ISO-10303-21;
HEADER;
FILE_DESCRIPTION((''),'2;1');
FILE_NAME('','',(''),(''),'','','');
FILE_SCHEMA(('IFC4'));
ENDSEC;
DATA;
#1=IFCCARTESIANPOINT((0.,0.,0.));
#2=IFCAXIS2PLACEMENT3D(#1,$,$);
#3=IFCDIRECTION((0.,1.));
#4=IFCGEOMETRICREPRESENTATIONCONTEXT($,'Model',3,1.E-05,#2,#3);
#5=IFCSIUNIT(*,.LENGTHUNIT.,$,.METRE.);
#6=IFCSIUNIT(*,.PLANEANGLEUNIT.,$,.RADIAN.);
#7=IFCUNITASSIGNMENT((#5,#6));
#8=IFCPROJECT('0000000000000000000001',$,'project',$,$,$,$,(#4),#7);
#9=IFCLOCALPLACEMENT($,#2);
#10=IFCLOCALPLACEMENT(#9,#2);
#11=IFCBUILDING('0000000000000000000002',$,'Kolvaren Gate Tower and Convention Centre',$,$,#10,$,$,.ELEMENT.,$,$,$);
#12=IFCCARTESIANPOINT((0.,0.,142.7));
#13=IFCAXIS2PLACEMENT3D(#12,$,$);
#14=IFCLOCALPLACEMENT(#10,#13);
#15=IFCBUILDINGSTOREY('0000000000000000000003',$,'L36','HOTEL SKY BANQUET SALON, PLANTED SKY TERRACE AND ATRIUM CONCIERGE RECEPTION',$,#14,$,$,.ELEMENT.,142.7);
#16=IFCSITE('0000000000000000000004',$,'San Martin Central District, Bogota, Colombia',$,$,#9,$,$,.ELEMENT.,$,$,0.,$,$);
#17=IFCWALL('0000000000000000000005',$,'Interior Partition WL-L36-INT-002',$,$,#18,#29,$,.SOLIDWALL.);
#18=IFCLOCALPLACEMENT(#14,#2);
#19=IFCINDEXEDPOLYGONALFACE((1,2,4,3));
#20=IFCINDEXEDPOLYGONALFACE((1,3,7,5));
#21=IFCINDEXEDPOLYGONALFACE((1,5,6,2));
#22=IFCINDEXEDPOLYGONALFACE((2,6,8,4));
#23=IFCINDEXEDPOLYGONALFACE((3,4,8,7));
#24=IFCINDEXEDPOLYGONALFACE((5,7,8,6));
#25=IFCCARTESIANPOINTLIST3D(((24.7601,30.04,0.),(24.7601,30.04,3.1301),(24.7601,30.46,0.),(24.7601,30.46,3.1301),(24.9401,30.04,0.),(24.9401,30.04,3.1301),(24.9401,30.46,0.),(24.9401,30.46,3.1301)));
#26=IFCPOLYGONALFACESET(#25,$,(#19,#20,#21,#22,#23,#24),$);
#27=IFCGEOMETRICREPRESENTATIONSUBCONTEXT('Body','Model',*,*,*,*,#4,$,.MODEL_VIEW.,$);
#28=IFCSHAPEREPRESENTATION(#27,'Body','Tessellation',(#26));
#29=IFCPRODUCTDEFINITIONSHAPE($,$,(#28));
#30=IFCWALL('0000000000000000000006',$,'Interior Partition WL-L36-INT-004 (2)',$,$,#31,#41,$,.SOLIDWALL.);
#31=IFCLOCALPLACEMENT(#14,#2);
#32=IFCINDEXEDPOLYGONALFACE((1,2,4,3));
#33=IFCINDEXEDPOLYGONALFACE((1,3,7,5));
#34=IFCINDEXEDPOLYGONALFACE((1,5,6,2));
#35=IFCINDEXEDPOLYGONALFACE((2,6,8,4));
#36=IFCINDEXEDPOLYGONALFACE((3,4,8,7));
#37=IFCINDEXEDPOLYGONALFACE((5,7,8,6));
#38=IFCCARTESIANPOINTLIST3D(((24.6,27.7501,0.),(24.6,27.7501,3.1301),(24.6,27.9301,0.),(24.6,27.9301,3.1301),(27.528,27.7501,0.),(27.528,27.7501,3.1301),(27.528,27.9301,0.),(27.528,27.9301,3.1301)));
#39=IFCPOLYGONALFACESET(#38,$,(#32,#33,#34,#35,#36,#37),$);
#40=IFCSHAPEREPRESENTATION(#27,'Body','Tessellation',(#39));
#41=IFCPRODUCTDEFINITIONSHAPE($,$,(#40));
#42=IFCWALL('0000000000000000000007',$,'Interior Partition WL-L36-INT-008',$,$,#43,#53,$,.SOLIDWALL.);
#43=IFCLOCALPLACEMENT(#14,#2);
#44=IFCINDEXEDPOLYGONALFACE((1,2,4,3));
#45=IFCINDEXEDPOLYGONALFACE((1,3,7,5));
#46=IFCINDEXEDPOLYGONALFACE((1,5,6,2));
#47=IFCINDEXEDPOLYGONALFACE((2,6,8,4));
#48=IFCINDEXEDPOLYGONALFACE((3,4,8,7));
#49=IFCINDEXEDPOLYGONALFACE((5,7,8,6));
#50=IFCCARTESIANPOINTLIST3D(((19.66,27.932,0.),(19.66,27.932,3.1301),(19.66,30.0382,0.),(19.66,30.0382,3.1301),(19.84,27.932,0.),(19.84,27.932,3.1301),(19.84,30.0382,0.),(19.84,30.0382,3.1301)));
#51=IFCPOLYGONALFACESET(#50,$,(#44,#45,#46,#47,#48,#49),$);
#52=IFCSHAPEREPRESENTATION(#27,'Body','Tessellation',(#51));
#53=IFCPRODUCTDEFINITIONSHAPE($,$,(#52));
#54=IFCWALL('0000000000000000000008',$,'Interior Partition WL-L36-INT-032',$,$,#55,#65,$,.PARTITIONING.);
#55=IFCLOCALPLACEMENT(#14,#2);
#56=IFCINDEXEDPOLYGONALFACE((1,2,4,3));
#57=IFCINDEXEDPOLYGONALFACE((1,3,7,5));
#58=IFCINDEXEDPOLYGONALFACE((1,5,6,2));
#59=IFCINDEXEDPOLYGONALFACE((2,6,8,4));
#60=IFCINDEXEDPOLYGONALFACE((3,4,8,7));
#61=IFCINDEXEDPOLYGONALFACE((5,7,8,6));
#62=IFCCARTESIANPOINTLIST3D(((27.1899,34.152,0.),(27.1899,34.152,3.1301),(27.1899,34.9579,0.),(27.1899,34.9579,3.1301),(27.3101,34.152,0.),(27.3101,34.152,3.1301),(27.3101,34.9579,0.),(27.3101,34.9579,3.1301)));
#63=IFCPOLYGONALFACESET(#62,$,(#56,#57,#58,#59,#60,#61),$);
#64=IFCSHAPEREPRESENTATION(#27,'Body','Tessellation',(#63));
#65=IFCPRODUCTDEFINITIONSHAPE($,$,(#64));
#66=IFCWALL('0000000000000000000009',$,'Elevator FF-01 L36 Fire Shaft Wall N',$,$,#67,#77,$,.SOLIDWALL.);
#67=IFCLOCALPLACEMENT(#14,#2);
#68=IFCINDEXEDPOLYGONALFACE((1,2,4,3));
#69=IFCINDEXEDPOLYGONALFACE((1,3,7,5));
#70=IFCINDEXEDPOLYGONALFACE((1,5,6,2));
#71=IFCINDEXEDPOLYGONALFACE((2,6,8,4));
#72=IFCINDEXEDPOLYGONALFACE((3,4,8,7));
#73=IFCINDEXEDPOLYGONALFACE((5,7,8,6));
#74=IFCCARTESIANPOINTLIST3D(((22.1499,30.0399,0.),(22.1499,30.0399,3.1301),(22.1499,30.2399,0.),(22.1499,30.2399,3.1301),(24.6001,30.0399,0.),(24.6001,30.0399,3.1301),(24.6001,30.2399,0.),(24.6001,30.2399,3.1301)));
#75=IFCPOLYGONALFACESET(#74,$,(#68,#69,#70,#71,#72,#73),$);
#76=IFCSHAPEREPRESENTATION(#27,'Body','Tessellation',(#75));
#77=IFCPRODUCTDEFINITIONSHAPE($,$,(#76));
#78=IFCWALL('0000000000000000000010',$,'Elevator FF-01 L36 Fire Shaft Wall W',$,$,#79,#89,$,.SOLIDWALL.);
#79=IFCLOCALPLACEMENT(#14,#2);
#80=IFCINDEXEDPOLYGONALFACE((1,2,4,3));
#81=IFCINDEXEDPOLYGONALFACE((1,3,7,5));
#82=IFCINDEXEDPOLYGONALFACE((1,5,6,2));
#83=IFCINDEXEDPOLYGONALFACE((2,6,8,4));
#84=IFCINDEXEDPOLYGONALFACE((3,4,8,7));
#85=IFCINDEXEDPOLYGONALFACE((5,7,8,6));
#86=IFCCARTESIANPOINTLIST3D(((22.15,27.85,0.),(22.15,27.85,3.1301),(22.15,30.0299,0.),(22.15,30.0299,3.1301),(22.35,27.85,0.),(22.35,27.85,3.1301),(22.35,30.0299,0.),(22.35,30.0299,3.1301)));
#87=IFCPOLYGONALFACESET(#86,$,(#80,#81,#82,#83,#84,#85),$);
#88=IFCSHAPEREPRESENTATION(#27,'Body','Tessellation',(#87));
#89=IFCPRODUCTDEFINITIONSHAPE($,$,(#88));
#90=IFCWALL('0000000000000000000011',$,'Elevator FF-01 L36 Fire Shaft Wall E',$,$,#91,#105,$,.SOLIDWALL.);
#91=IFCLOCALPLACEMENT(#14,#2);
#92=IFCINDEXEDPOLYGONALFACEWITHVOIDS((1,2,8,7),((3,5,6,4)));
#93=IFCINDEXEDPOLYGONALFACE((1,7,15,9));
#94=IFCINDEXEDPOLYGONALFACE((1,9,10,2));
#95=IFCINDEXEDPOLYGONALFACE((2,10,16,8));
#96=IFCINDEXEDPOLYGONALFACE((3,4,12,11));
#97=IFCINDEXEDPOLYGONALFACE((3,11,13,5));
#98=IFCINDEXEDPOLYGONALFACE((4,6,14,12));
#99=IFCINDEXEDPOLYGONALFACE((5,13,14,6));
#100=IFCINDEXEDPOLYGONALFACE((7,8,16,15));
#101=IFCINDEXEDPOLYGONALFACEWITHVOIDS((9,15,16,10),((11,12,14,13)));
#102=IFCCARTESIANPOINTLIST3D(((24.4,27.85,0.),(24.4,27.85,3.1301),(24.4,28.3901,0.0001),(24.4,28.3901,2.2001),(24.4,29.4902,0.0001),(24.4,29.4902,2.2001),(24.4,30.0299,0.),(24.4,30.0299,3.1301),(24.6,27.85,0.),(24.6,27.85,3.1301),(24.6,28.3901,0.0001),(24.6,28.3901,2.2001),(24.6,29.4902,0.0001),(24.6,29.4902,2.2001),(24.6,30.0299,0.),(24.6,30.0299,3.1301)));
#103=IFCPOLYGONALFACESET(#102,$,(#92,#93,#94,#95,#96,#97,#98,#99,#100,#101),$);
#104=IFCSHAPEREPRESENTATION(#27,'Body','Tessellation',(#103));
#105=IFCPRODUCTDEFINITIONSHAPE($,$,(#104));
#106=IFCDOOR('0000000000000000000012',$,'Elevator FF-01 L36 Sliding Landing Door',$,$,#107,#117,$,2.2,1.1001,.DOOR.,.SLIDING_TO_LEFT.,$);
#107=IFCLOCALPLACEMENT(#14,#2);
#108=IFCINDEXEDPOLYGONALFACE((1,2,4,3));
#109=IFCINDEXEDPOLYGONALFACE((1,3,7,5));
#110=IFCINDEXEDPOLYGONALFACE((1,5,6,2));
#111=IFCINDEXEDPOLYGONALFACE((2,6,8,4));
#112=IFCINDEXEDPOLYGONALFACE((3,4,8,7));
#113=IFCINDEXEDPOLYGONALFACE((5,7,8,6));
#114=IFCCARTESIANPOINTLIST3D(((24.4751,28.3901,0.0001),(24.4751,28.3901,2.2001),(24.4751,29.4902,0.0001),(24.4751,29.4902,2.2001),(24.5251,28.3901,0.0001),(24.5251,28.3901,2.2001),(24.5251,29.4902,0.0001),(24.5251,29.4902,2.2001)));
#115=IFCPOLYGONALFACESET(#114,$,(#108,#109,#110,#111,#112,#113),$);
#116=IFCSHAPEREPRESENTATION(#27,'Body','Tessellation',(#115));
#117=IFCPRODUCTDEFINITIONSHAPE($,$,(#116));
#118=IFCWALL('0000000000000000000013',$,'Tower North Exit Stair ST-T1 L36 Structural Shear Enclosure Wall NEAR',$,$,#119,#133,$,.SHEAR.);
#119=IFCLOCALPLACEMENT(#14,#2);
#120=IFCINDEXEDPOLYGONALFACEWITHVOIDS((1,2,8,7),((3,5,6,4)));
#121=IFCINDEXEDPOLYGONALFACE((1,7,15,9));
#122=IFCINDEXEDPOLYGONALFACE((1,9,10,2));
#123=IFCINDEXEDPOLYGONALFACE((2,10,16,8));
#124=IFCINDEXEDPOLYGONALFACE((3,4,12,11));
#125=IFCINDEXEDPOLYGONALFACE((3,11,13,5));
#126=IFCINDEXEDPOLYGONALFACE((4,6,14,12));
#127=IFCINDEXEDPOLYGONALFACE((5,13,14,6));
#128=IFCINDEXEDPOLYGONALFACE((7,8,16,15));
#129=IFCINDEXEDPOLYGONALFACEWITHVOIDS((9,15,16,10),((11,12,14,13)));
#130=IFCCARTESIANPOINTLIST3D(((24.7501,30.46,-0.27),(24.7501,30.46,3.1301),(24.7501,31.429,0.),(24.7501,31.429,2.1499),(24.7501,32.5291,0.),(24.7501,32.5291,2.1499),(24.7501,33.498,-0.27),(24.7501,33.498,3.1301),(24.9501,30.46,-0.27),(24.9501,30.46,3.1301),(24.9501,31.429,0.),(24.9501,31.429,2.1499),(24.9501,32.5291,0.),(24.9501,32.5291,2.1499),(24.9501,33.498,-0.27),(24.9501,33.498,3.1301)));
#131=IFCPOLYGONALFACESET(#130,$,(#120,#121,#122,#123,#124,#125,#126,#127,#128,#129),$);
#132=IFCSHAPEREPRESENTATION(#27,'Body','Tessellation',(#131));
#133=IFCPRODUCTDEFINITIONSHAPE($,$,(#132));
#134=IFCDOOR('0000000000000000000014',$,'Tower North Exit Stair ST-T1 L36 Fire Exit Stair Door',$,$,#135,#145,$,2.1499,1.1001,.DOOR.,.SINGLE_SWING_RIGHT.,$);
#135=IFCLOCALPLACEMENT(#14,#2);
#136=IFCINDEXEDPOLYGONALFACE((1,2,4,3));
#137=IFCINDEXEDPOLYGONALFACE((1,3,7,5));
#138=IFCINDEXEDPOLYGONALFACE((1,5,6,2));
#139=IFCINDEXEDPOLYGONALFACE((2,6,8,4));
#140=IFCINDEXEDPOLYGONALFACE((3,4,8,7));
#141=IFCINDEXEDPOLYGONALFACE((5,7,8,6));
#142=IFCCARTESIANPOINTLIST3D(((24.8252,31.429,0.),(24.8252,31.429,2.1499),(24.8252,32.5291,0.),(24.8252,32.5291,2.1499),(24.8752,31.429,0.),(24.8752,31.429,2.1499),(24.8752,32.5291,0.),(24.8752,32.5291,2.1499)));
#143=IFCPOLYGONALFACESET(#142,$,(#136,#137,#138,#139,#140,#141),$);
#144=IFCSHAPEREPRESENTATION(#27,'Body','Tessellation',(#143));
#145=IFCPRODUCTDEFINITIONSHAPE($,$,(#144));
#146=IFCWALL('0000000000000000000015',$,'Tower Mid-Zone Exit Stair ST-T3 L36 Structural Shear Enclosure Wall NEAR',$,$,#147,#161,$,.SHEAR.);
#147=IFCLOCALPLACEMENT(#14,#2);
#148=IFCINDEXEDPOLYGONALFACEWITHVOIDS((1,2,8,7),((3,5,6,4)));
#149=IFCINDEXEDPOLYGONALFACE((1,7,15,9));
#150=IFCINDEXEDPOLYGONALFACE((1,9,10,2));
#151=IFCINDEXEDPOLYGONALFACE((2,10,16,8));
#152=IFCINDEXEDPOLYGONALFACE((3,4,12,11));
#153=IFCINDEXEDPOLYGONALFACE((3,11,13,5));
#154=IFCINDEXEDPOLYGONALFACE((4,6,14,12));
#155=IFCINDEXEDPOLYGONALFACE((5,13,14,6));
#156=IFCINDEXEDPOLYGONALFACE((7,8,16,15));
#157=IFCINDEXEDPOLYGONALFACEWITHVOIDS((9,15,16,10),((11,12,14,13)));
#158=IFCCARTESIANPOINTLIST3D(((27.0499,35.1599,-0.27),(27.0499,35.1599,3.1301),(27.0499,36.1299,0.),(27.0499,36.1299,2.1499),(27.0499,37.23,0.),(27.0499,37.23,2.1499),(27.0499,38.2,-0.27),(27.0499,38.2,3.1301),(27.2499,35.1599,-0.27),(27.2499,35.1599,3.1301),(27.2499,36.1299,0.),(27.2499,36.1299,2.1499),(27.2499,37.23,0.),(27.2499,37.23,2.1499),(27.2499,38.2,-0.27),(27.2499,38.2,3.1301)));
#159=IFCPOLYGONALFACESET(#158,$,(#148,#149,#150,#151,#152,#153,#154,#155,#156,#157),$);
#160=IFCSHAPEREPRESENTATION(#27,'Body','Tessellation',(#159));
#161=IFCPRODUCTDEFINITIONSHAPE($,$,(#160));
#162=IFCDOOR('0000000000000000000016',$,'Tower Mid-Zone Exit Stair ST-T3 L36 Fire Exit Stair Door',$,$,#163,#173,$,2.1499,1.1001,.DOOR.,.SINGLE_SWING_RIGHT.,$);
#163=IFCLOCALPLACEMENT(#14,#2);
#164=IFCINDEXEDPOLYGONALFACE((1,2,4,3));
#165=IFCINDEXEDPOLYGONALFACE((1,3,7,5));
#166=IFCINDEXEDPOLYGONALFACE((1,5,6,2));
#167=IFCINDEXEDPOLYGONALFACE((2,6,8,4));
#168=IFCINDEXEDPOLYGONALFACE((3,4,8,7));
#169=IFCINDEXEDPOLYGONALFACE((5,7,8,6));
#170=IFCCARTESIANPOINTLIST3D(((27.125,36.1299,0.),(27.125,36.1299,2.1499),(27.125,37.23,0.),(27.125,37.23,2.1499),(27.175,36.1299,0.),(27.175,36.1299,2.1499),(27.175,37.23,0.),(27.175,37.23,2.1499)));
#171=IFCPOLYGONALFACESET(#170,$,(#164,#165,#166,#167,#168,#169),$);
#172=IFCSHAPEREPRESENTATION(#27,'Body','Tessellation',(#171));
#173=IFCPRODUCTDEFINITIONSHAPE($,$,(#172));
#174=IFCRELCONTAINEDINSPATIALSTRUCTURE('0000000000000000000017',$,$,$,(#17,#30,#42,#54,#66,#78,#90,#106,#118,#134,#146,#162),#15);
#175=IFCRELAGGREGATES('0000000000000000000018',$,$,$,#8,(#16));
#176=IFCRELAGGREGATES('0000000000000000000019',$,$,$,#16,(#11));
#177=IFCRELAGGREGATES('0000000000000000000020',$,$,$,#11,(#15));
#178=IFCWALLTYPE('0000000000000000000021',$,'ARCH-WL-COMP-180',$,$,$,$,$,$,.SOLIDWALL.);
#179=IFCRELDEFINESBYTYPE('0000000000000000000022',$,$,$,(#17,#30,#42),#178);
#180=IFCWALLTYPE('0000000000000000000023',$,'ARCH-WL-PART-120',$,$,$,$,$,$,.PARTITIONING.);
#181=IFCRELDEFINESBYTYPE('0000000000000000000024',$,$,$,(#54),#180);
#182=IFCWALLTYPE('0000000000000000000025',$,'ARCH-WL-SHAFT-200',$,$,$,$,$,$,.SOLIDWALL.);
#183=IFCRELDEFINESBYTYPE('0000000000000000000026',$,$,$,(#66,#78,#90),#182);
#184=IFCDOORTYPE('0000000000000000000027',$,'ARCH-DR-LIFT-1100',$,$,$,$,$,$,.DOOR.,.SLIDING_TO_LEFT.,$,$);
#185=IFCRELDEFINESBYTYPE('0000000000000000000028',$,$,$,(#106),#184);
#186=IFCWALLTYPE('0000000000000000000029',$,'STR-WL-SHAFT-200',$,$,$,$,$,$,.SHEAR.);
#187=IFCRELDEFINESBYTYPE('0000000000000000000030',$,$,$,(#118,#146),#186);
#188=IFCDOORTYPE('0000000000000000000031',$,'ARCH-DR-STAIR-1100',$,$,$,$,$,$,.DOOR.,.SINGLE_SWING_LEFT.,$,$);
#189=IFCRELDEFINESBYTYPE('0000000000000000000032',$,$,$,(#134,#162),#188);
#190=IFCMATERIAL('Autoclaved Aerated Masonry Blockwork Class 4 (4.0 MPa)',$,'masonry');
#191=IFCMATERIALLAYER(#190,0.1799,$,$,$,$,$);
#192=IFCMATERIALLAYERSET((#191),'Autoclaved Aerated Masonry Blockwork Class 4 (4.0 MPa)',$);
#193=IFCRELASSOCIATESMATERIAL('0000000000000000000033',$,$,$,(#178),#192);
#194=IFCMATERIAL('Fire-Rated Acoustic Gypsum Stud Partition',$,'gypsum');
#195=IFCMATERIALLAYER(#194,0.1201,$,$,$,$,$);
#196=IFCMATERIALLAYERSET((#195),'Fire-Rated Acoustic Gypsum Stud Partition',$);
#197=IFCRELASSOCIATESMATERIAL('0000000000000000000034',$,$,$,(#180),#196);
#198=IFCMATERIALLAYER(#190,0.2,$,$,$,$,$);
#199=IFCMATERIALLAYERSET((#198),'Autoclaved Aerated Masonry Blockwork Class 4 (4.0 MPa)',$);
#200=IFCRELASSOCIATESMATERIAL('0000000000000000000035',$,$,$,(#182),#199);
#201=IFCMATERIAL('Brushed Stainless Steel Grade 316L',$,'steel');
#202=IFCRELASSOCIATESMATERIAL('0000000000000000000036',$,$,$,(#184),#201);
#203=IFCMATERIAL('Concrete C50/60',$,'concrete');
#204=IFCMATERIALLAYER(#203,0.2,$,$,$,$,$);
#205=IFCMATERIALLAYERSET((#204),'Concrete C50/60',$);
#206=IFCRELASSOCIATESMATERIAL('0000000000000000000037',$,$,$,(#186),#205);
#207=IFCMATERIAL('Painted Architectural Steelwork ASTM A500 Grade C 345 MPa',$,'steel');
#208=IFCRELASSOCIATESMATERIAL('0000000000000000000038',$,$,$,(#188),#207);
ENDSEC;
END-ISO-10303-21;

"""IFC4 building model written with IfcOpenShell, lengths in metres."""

from ifc_helpers import new_model, si_unit, direction, frame, frame_2d, origin, place, context, subcontext, project, spatial, rectangle, extrude, material, layer, layer_set, type_object, element, fill, save


model = new_model("IFC4")

# Units and contexts
model_context = context("Model", 3, precision=1e-05, world=origin(), true_north=direction((0.0, 1.0)))
body_context = subcontext(model_context, "Body", "Model", "MODEL_VIEW")
ifc_project = project(units=[si_unit("LENGTHUNIT", "METRE"), si_unit("PLANEANGLEUNIT", "RADIAN")], contexts=[model_context])

# Site, building, storey
site_placement = place(None, origin())
site = spatial("IfcSite", under=ifc_project, at=site_placement, Name="San Martin Central District, Bogota, Colombia", CompositionType="ELEMENT", RefElevation=0.0)
building_placement = place(site_placement, origin())
building = spatial("IfcBuilding", under=site, at=building_placement, Name="Kolvaren Gate Tower and Convention Centre", CompositionType="ELEMENT")
storey_placement = place(building_placement, frame((0.0, 0.0, 142.7)))
storey = spatial("IfcBuildingStorey", under=building, at=storey_placement, Name="L36", Description="HOTEL SKY BANQUET SALON, PLANTED SKY TERRACE AND ATRIUM CONCIERGE RECEPTION", CompositionType="ELEMENT", Elevation=142.7)

# Walls
ifc_material_1 = material(Name="Autoclaved Aerated Masonry Blockwork Class 4 (4.0 MPa)", Category="masonry")
ifc_layer_1 = layer(ifc_material_1, 0.1799)
ifc_layer_set_1 = layer_set([ifc_layer_1], Name="Autoclaved Aerated Masonry Blockwork Class 4 (4.0 MPa)")
wall_type_1 = type_object("IfcWallType", Name="ARCH-WL-COMP-180", PredefinedType="SOLIDWALL", material=ifc_layer_set_1)
wall_1_placement = place(storey_placement, frame((24.8501, 30.04, 0.0), z_axis=(0.0, 0.0, 1.0), x_axis=(0.0, 1.0, 0.0)))
element("IfcWall", 1, at=wall_1_placement, inside=storey, type_object=wall_type_1, Name="Interior Partition WL-L36-INT-002", PredefinedType="SOLIDWALL", context=body_context, shape_type="SweptSolid", body=[
    extrude(rectangle(XDim=0.4199, YDim=0.1799, at=frame_2d((0.21, 0.0))), origin(), (0.0, 0.0, 1.0), 3.1301),
])
wall_2_placement = place(storey_placement, frame((24.6001, 27.8401, 0.0), z_axis=(0.0, 0.0, 1.0), x_axis=(1.0, 0.0, 0.0)))
element("IfcWall", 2, at=wall_2_placement, inside=storey, type_object=wall_type_1, Name="Interior Partition WL-L36-INT-004 (2)", PredefinedType="SOLIDWALL", context=body_context, shape_type="SweptSolid", body=[
    extrude(rectangle(XDim=2.928, YDim=0.1799, at=frame_2d((1.4639, 0.0))), origin(), (0.0, 0.0, 1.0), 3.1301),
])
wall_3_placement = place(storey_placement, frame((19.75, 27.9319, 0.0), z_axis=(0.0, 0.0, 1.0), x_axis=(0.0, 1.0, 0.0)))
element("IfcWall", 3, at=wall_3_placement, inside=storey, type_object=wall_type_1, Name="Interior Partition WL-L36-INT-008", PredefinedType="SOLIDWALL", context=body_context, shape_type="SweptSolid", body=[
    extrude(rectangle(XDim=2.1062, YDim=0.1799, at=frame_2d((1.0532, 0.0))), origin(), (0.0, 0.0, 1.0), 3.1301),
])
ifc_material_2 = material(Name="Fire-Rated Acoustic Gypsum Stud Partition", Category="gypsum")
ifc_layer_2 = layer(ifc_material_2, 0.1201)
ifc_layer_set_2 = layer_set([ifc_layer_2], Name="Fire-Rated Acoustic Gypsum Stud Partition")
wall_type_2 = type_object("IfcWallType", Name="ARCH-WL-PART-120", PredefinedType="PARTITIONING", material=ifc_layer_set_2)
wall_4_placement = place(storey_placement, frame((27.25, 34.1521, 0.0), z_axis=(0.0, 0.0, 1.0), x_axis=(0.0, 1.0, 0.0)))
element("IfcWall", 4, at=wall_4_placement, inside=storey, type_object=wall_type_2, Name="Interior Partition WL-L36-INT-032", PredefinedType="PARTITIONING", context=body_context, shape_type="SweptSolid", body=[
    extrude(rectangle(XDim=0.8059, YDim=0.1201, at=frame_2d((0.4028, 0.0))), origin(), (0.0, 0.0, 1.0), 3.1301),
])
ifc_layer_3 = layer(ifc_material_1, 0.2)
ifc_layer_set_3 = layer_set([ifc_layer_3], Name="Autoclaved Aerated Masonry Blockwork Class 4 (4.0 MPa)")
wall_type_3 = type_object("IfcWallType", Name="ARCH-WL-SHAFT-200", PredefinedType="SOLIDWALL", material=ifc_layer_set_3)
wall_5_placement = place(storey_placement, frame((22.1499, 30.1399, 0.0), z_axis=(0.0, 0.0, 1.0), x_axis=(1.0, 0.0, 0.0)))
element("IfcWall", 5, at=wall_5_placement, inside=storey, type_object=wall_type_3, Name="Elevator FF-01 L36 Fire Shaft Wall N", PredefinedType="SOLIDWALL", context=body_context, shape_type="SweptSolid", body=[
    extrude(rectangle(XDim=2.4502, YDim=0.2, at=frame_2d((1.2251, 0.0))), origin(), (0.0, 0.0, 1.0), 3.1301),
])
wall_6_placement = place(storey_placement, frame((22.25, 27.8501, 0.0), z_axis=(0.0, 0.0, 1.0), x_axis=(0.0, 1.0, 0.0)))
element("IfcWall", 6, at=wall_6_placement, inside=storey, type_object=wall_type_3, Name="Elevator FF-01 L36 Fire Shaft Wall W", PredefinedType="SOLIDWALL", context=body_context, shape_type="SweptSolid", body=[
    extrude(rectangle(XDim=2.1799, YDim=0.2, at=frame_2d((1.0898, 0.0))), origin(), (0.0, 0.0, 1.0), 3.1301),
])

# Walls, openings, doors
wall_7_placement = place(storey_placement, frame((24.5, 27.8501, 0.0), z_axis=(0.0, 0.0, 1.0), x_axis=(0.0, 1.0, 0.0)))
wall_7 = element("IfcWall", 7, at=wall_7_placement, inside=storey, type_object=wall_type_3, Name="Elevator FF-01 L36 Fire Shaft Wall E", PredefinedType="SOLIDWALL", context=body_context, shape_type="SweptSolid", body=[
    extrude(rectangle(XDim=2.1799, YDim=0.2, at=frame_2d((1.0898, 0.0))), origin(), (0.0, 0.0, 1.0), 3.1301),
])
opening_1_placement = place(wall_7_placement, frame((0.54, 0.0, 0.0)))
opening_1 = element("IfcOpeningElement", 8, at=opening_1_placement, cuts=wall_7, PredefinedType="OPENING", context=body_context, shape_type="SweptSolid", body=[
    extrude(rectangle(XDim=1.1001, YDim=2.2, at=frame_2d((0.55, 1.1001))), frame((0.0, 0.1099, 0.0), z_axis=(0.0, -1.0, 0.0), x_axis=(1.0, 0.0, 0.0)), (0.0, 0.0, 1.0), 0.22),
])
ifc_material_3 = material(Name="Brushed Stainless Steel Grade 316L", Category="steel")
door_type_1 = type_object("IfcDoorType", Name="ARCH-DR-LIFT-1100", OperationType="SLIDING_TO_LEFT", PredefinedType="DOOR", material=ifc_material_3)
door_1_placement = place(opening_1_placement, origin())
door_1 = element("IfcDoor", 9, at=door_1_placement, inside=storey, type_object=door_type_1, Name="Elevator FF-01 L36 Sliding Landing Door", OperationType="SLIDING_TO_LEFT", OverallHeight=2.2, OverallWidth=1.1001, PredefinedType="DOOR", context=body_context, shape_type="SweptSolid", body=[
    extrude(rectangle(XDim=1.1001, YDim=2.2, at=frame_2d((0.55, 1.1001))), frame((0.0, 0.0249, 0.0), z_axis=(0.0, -1.0, 0.0), x_axis=(1.0, 0.0, 0.0)), (0.0, 0.0, 1.0), 0.05),
])
fill(opening_1, door_1)
ifc_material_4 = material(Name="Concrete C50/60", Category="concrete")
ifc_layer_4 = layer(ifc_material_4, 0.2)
ifc_layer_set_4 = layer_set([ifc_layer_4], Name="Concrete C50/60")
wall_type_4 = type_object("IfcWallType", Name="STR-WL-SHAFT-200", PredefinedType="SHEAR", material=ifc_layer_set_4)
wall_8_placement = place(storey_placement, frame((24.8501, 30.46, -0.27), z_axis=(0.0, 0.0, 1.0), x_axis=(0.0, 1.0, 0.0)))
wall_8 = element("IfcWall", 10, at=wall_8_placement, inside=storey, type_object=wall_type_4, Name="Tower North Exit Stair ST-T1 L36 Structural Shear Enclosure Wall NEAR", PredefinedType="SHEAR", context=body_context, shape_type="SweptSolid", body=[
    extrude(rectangle(XDim=3.0381, YDim=0.2, at=frame_2d((1.519, 0.0))), origin(), (0.0, 0.0, 1.0), 3.4001),
])
opening_2_placement = place(wall_8_placement, frame((0.969, 0.0, 0.27)))
opening_2 = element("IfcOpeningElement", 11, at=opening_2_placement, cuts=wall_8, PredefinedType="OPENING", context=body_context, shape_type="SweptSolid", body=[
    extrude(rectangle(XDim=1.1001, YDim=2.1499, at=frame_2d((0.55, 1.075))), frame((0.0, 0.1099, 0.0), z_axis=(0.0, -1.0, 0.0), x_axis=(1.0, 0.0, 0.0)), (0.0, 0.0, 1.0), 0.22),
])
ifc_material_5 = material(Name="Painted Architectural Steelwork ASTM A500 Grade C 345 MPa", Category="steel")
door_type_2 = type_object("IfcDoorType", Name="ARCH-DR-STAIR-1100", OperationType="SINGLE_SWING_LEFT", PredefinedType="DOOR", material=ifc_material_5)
door_2_placement = place(opening_2_placement, origin())
door_2 = element("IfcDoor", 12, at=door_2_placement, inside=storey, type_object=door_type_2, Name="Tower North Exit Stair ST-T1 L36 Fire Exit Stair Door", OperationType="SINGLE_SWING_RIGHT", OverallHeight=2.1499, OverallWidth=1.1001, PredefinedType="DOOR", context=body_context, shape_type="SweptSolid", body=[
    extrude(rectangle(XDim=1.1001, YDim=2.1499, at=frame_2d((0.55, 1.075))), frame((0.0, 0.0249, 0.0), z_axis=(0.0, -1.0, 0.0), x_axis=(1.0, 0.0, 0.0)), (0.0, 0.0, 1.0), 0.05),
])
fill(opening_2, door_2)
wall_9_placement = place(storey_placement, frame((27.1499, 35.1599, -0.27), z_axis=(0.0, 0.0, 1.0), x_axis=(0.0, 1.0, 0.0)))
wall_9 = element("IfcWall", 13, at=wall_9_placement, inside=storey, type_object=wall_type_4, Name="Tower Mid-Zone Exit Stair ST-T3 L36 Structural Shear Enclosure Wall NEAR", PredefinedType="SHEAR", context=body_context, shape_type="SweptSolid", body=[
    extrude(rectangle(XDim=3.04, YDim=0.2, at=frame_2d((1.52, 0.0))), origin(), (0.0, 0.0, 1.0), 3.4001),
])
opening_3_placement = place(wall_9_placement, frame((0.97, 0.0, 0.27)))
opening_3 = element("IfcOpeningElement", 14, at=opening_3_placement, cuts=wall_9, PredefinedType="OPENING", context=body_context, shape_type="SweptSolid", body=[
    extrude(rectangle(XDim=1.1001, YDim=2.1499, at=frame_2d((0.55, 1.075))), frame((0.0, 0.1099, 0.0), z_axis=(0.0, -1.0, 0.0), x_axis=(1.0, 0.0, 0.0)), (0.0, 0.0, 1.0), 0.22),
])
door_3_placement = place(opening_3_placement, origin())
door_3 = element("IfcDoor", 15, at=door_3_placement, inside=storey, type_object=door_type_2, Name="Tower Mid-Zone Exit Stair ST-T3 L36 Fire Exit Stair Door", OperationType="SINGLE_SWING_RIGHT", OverallHeight=2.1499, OverallWidth=1.1001, PredefinedType="DOOR", context=body_context, shape_type="SweptSolid", body=[
    extrude(rectangle(XDim=1.1001, YDim=2.1499, at=frame_2d((0.55, 1.075))), frame((0.0, 0.0249, 0.0), z_axis=(0.0, -1.0, 0.0), x_axis=(1.0, 0.0, 0.0)), (0.0, 0.0, 1.0), 0.05),
])
fill(opening_3, door_3)

save(model, "model.ifc")
